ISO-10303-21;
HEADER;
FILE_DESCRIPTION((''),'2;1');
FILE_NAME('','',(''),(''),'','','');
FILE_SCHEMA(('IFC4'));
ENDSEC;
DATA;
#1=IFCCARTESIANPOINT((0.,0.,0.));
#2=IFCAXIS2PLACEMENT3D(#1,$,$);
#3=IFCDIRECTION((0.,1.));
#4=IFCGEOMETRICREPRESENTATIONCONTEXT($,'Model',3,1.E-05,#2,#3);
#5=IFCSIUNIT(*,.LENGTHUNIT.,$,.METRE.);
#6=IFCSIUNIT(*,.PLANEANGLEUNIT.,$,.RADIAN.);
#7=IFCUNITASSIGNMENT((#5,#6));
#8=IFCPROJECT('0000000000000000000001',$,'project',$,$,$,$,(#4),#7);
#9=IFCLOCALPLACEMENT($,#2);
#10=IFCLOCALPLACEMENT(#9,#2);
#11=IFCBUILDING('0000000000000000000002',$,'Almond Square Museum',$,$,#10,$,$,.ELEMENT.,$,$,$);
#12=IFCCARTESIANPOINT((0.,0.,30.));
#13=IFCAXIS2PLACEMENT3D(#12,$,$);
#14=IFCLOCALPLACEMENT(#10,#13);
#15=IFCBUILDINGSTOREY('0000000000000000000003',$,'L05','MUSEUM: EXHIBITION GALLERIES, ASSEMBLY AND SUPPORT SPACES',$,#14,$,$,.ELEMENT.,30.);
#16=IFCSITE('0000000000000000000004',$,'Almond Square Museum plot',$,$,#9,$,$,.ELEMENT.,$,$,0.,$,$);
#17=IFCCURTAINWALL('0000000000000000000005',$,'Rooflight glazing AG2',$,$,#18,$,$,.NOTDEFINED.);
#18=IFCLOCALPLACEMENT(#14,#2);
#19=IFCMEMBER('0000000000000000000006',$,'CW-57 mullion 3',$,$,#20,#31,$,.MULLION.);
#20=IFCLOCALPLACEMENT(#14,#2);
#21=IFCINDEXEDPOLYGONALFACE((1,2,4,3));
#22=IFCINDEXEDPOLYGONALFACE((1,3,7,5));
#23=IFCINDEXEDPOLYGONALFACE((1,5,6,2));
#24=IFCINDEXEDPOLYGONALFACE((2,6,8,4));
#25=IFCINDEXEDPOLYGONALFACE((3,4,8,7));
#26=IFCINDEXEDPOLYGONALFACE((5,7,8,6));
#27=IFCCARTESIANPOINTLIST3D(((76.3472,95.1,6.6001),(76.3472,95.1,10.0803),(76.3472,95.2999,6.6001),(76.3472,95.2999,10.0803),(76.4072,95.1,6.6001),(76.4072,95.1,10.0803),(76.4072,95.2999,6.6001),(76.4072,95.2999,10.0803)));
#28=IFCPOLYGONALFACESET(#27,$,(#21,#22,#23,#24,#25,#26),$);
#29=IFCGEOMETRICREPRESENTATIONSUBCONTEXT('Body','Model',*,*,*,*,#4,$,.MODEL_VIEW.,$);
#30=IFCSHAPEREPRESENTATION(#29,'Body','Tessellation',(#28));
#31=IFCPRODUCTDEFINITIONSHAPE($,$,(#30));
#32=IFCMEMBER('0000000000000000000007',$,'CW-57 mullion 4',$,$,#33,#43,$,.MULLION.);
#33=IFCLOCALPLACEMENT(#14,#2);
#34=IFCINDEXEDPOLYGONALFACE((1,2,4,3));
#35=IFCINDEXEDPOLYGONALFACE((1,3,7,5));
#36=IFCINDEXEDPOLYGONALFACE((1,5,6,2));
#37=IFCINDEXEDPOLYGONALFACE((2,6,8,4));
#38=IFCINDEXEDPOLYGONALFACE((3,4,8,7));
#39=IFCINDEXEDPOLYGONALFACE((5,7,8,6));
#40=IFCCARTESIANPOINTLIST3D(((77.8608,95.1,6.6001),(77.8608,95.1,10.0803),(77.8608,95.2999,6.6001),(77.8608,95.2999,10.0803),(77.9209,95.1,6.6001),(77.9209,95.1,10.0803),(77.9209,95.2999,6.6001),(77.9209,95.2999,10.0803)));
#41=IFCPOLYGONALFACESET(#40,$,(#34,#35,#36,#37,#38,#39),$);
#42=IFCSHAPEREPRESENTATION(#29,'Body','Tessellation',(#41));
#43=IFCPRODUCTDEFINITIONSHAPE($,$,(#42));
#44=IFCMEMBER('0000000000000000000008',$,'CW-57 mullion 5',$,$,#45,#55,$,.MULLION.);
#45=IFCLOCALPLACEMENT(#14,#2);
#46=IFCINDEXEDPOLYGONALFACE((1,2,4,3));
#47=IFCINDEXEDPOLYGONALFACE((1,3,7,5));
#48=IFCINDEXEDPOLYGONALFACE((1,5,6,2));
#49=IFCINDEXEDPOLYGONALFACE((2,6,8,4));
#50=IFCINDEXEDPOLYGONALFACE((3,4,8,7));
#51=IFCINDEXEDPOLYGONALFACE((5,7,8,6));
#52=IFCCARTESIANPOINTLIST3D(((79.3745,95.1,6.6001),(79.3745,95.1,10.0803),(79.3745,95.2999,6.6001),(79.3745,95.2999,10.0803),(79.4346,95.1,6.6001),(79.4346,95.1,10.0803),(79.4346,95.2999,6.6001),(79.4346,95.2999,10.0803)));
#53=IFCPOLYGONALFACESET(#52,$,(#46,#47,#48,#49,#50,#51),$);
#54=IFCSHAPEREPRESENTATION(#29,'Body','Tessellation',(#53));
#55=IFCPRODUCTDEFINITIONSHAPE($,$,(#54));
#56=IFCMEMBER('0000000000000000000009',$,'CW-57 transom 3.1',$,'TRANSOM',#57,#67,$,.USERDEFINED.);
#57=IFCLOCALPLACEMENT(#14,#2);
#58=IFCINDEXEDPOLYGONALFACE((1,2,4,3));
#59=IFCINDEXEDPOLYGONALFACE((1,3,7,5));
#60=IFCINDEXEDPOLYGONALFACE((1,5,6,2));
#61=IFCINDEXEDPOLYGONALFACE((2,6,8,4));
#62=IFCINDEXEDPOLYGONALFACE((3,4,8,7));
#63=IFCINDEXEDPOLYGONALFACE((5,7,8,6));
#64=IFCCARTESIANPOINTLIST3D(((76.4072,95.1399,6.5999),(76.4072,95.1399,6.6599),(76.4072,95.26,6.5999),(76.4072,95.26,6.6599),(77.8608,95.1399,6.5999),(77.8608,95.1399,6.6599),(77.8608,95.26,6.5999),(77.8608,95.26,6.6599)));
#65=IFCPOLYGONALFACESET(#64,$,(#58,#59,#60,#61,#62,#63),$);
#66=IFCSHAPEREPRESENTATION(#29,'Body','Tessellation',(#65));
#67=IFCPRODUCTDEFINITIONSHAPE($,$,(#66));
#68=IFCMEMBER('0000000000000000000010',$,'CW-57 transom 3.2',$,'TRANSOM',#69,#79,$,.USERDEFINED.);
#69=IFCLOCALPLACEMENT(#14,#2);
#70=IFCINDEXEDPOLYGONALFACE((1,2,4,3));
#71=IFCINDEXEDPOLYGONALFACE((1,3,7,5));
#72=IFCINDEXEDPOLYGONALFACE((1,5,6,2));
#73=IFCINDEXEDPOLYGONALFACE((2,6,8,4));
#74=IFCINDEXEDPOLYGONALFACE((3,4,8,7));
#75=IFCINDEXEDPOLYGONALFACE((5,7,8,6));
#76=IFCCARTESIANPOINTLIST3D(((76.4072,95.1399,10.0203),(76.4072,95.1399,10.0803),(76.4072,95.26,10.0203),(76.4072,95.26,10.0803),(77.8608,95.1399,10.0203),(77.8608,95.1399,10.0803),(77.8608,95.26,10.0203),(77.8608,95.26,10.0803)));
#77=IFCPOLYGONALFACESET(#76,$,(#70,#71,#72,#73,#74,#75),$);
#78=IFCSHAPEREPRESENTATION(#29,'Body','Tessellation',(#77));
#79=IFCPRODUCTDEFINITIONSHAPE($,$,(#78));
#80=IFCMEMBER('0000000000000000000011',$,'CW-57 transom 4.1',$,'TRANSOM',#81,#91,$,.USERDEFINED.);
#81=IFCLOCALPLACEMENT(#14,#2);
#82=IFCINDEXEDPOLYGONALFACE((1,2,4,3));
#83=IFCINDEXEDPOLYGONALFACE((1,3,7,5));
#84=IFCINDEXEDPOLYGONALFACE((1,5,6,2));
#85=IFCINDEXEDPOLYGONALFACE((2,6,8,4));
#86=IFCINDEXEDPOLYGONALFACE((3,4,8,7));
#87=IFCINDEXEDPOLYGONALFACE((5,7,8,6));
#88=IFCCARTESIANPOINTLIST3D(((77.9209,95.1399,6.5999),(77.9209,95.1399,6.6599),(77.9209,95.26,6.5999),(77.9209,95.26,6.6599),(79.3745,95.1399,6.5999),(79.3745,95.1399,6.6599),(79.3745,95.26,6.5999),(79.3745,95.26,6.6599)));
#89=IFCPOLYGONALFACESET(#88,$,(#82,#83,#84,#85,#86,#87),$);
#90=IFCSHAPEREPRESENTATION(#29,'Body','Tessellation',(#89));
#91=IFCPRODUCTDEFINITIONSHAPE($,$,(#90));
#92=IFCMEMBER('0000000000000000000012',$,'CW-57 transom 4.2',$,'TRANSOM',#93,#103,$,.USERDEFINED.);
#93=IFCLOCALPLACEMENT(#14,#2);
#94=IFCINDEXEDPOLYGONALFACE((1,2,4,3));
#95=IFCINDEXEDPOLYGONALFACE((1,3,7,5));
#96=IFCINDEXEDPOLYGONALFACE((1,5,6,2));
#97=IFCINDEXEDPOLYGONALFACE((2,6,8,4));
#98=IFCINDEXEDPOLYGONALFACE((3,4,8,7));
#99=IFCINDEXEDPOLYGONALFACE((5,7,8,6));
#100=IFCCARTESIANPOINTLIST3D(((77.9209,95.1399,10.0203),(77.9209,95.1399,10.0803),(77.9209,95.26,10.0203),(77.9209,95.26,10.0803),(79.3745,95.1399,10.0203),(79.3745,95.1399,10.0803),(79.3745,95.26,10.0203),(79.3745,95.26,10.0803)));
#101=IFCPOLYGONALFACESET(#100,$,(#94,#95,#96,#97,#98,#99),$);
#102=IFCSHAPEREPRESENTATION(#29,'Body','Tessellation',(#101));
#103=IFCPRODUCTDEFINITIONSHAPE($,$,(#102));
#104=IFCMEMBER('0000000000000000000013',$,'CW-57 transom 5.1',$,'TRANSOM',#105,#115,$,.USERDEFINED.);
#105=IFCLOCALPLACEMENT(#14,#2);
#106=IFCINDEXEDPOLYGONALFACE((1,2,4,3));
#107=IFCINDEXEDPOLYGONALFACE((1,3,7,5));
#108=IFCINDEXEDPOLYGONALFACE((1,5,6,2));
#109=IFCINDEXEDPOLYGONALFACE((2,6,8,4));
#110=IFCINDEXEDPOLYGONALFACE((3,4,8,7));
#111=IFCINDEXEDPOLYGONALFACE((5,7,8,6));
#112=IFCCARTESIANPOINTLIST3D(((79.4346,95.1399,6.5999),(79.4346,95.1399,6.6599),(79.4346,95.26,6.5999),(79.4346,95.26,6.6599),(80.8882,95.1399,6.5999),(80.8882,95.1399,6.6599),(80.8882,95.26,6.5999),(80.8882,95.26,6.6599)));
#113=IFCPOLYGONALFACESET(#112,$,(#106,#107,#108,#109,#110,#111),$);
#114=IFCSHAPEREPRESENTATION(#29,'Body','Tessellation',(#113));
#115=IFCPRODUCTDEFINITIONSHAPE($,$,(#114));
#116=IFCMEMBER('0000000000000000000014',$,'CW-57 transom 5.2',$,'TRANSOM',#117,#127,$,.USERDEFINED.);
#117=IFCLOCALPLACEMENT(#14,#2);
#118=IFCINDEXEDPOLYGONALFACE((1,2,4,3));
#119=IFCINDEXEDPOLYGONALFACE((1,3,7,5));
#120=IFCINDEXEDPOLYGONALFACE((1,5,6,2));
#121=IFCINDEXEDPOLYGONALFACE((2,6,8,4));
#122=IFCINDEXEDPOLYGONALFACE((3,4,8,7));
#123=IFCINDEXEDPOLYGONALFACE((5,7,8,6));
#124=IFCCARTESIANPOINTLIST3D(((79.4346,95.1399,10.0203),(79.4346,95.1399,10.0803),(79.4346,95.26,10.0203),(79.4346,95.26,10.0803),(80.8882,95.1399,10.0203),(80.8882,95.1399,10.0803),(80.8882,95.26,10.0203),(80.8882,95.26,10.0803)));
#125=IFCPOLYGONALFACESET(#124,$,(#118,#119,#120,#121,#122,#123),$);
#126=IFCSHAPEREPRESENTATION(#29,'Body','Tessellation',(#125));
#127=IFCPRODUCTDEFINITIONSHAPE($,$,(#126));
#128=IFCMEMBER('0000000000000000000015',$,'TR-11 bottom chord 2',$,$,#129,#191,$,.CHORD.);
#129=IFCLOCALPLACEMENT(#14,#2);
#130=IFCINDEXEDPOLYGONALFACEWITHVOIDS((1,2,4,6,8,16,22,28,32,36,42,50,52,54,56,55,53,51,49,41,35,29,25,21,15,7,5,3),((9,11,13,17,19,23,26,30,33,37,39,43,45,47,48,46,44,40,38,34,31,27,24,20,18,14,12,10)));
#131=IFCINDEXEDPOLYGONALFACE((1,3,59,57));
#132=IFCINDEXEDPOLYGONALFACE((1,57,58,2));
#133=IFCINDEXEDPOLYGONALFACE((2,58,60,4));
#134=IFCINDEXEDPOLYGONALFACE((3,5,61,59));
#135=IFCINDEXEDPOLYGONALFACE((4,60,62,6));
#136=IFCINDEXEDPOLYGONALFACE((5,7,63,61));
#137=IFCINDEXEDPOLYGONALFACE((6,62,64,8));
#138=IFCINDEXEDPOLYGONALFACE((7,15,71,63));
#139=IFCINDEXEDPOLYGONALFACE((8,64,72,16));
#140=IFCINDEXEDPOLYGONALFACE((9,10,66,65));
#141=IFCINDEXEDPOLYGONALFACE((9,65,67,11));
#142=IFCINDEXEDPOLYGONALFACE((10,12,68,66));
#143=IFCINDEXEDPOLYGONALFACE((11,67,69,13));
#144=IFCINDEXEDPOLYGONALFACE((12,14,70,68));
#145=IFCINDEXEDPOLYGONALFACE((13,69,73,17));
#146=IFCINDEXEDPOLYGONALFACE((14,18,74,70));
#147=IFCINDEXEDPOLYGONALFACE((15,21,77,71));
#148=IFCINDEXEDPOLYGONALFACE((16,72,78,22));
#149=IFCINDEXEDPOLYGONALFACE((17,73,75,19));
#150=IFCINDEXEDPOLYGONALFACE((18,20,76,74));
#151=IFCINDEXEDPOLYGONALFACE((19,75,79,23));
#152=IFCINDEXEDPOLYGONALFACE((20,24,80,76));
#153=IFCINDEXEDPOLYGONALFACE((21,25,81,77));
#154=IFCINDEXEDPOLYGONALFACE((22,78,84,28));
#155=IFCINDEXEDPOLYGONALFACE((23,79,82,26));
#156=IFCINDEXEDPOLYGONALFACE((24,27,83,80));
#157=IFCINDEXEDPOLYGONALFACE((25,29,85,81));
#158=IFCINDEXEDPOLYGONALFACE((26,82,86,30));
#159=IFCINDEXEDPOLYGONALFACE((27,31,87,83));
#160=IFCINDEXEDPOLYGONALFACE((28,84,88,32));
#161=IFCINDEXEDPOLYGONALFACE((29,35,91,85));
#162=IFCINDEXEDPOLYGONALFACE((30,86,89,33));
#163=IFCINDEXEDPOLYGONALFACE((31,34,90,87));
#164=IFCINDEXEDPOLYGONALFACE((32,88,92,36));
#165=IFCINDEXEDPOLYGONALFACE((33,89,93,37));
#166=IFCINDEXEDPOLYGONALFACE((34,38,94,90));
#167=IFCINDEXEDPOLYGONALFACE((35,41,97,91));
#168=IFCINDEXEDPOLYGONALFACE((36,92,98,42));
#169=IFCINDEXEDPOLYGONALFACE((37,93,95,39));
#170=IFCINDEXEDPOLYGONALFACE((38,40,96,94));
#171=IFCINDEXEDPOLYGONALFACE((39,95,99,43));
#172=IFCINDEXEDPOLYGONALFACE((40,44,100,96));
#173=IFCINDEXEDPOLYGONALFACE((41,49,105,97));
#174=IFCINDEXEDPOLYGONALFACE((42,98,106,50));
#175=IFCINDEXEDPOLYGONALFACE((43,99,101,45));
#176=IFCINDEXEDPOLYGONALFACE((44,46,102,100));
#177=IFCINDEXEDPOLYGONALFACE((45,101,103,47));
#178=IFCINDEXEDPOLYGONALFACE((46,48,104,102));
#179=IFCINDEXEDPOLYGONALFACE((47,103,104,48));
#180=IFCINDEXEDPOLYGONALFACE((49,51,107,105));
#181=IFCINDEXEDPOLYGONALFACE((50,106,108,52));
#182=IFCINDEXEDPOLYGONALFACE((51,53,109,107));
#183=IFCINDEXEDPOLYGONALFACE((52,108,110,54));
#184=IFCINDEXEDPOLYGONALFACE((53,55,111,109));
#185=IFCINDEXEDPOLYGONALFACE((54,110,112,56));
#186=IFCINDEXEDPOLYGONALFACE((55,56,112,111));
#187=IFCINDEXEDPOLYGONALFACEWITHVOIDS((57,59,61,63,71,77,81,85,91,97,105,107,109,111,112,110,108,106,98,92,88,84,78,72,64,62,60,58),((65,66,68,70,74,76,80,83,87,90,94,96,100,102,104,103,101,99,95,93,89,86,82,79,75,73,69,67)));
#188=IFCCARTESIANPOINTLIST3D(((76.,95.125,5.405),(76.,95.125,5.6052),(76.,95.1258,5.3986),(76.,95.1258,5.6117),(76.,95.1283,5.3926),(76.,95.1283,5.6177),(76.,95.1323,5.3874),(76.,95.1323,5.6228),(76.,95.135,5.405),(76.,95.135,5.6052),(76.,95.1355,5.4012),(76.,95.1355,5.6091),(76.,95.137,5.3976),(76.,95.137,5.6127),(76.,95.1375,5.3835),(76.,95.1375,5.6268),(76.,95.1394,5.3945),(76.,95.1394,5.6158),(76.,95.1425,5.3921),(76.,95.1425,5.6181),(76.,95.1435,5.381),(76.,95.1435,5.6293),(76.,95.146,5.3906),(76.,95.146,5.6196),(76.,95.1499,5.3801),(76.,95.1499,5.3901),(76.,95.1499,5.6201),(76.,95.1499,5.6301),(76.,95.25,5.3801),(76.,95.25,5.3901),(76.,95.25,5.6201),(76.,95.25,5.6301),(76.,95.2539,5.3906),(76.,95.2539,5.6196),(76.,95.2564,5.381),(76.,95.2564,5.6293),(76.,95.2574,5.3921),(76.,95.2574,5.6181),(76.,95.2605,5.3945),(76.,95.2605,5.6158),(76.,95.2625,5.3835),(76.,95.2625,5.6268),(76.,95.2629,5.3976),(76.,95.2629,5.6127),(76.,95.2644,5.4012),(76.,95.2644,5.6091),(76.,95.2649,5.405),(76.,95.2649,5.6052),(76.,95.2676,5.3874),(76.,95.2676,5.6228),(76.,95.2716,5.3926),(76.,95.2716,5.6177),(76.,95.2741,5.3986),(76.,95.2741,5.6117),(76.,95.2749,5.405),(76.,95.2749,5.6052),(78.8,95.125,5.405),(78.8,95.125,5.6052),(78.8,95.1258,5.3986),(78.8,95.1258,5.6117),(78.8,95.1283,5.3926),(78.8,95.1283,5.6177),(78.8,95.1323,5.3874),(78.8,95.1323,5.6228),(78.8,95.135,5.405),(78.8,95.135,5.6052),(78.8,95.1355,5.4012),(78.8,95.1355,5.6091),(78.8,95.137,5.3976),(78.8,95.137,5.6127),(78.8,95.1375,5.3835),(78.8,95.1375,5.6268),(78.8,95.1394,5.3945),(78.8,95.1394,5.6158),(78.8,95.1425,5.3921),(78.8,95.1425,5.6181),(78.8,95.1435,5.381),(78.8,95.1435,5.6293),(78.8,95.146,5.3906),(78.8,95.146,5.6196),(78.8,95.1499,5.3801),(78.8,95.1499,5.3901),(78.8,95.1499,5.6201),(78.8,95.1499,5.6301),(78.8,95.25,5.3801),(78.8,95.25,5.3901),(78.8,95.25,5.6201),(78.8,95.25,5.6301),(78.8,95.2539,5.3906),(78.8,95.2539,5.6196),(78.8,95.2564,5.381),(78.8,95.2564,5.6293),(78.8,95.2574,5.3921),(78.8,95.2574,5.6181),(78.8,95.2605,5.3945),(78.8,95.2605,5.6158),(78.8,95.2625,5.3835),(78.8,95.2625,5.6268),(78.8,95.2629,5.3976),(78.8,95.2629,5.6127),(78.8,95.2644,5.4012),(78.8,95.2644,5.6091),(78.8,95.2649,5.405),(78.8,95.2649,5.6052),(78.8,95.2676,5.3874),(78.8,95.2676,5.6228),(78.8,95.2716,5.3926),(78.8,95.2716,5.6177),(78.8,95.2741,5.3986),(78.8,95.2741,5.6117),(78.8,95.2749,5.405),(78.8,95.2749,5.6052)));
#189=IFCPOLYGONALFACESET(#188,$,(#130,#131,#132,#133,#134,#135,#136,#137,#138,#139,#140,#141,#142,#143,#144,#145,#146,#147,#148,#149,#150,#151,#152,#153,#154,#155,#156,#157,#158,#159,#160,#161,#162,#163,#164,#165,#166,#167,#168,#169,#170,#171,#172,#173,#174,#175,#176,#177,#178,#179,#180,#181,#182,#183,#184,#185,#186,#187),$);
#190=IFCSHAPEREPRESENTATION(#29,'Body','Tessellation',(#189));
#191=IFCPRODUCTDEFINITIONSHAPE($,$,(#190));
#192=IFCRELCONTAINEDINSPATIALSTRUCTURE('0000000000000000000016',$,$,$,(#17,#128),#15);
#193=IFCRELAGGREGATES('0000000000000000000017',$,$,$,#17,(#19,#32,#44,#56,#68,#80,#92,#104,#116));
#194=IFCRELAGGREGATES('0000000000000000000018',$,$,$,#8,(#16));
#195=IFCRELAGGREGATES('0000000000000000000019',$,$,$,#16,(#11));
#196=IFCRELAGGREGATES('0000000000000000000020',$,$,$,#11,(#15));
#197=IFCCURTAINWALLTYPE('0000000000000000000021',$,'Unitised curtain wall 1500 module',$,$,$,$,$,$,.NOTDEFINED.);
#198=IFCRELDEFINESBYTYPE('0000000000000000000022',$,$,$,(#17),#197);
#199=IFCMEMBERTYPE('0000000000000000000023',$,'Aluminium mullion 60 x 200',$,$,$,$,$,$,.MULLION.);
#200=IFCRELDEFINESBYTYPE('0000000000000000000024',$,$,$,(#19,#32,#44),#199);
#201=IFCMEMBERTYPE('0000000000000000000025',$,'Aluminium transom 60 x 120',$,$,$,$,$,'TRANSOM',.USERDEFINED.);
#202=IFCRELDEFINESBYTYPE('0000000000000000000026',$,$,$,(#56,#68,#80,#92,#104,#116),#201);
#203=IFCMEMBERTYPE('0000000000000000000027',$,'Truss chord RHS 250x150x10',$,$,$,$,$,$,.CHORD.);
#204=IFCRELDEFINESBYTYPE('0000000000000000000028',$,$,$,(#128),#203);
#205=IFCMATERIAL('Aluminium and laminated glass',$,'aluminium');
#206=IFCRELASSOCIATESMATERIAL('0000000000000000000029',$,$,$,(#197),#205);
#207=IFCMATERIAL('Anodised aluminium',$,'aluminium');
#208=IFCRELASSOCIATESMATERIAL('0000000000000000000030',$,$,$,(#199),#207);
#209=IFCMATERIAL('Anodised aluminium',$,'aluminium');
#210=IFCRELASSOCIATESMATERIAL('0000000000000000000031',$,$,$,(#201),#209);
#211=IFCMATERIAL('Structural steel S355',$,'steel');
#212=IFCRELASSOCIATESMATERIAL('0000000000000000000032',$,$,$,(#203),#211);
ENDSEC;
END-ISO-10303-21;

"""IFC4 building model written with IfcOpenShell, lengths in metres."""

from ifc_helpers import new_model, si_unit, direction, frame, origin, origin_2d, place, context, subcontext, project, spatial, rectangle, hollow_rectangle, extrude, material, material_profile, profile_set, type_object, element, aggregate, save


model = new_model("IFC4")

# Units and contexts
model_context = context("Model", 3, precision=1e-05, world=origin(), true_north=direction((0.0, 1.0)))
body_context = subcontext(model_context, "Body", "Model", "MODEL_VIEW")
ifc_project = project(units=[si_unit("LENGTHUNIT", "METRE"), si_unit("PLANEANGLEUNIT", "RADIAN")], contexts=[model_context])

# Site, building, storey
site_placement = place(None, origin())
site = spatial("IfcSite", under=ifc_project, at=site_placement, Name="Almond Square Museum plot", CompositionType="ELEMENT", RefElevation=0.0)
building_placement = place(site_placement, origin())
building = spatial("IfcBuilding", under=site, at=building_placement, Name="Almond Square Museum", CompositionType="ELEMENT")
storey_placement = place(building_placement, frame((0.0, 0.0, 30.0)))
storey = spatial("IfcBuildingStorey", under=building, at=storey_placement, Name="L05", Description="MUSEUM: EXHIBITION GALLERIES, ASSEMBLY AND SUPPORT SPACES", CompositionType="ELEMENT", Elevation=30.0)

# Curtain wall, members
ifc_material_1 = material(Name="Aluminium and laminated glass", Category="aluminium")
curtain_wall_type = type_object("IfcCurtainWallType", Name="Unitised curtain wall 1500 module", PredefinedType="NOTDEFINED", material=ifc_material_1)
curtain_wall_placement = place(storey_placement, origin())
curtain_wall = element("IfcCurtainWall", 1, at=curtain_wall_placement, inside=storey, type_object=curtain_wall_type, Name="Rooflight glazing AG2", PredefinedType="NOTDEFINED")
ifc_material_2 = material(Name="Anodised aluminium", Category="aluminium")
ifc_material_profile_1 = material_profile(ifc_material_2, rectangle(XDim=0.2, YDim=0.0601, at=origin_2d()))
ifc_profile_set_1 = profile_set([ifc_material_profile_1], Name="Anodised aluminium")
member_type_1 = type_object("IfcMemberType", Name="Aluminium mullion 60 x 200", PredefinedType="MULLION", material=ifc_profile_set_1)
member_1_placement = place(storey_placement, frame((76.3772, 95.2, 6.6001), z_axis=(0.0, 0.0, 1.0), x_axis=(0.0, 1.0, 0.0)))
member_1 = element("IfcMember", 2, at=member_1_placement, type_object=member_type_1, Name="CW-57 mullion 3", PredefinedType="MULLION", context=body_context, shape_type="SweptSolid", body=[
    extrude(rectangle(XDim=0.2, YDim=0.0601, at=origin_2d()), origin(), (0.0, 0.0, 1.0), 3.4802),
])
member_2_placement = place(storey_placement, frame((77.8909, 95.2, 6.6001), z_axis=(0.0, 0.0, 1.0), x_axis=(0.0, 1.0, 0.0)))
member_2 = element("IfcMember", 3, at=member_2_placement, type_object=member_type_1, Name="CW-57 mullion 4", PredefinedType="MULLION", context=body_context, shape_type="SweptSolid", body=[
    extrude(rectangle(XDim=0.2, YDim=0.0601, at=origin_2d()), origin(), (0.0, 0.0, 1.0), 3.4802),
])
member_3_placement = place(storey_placement, frame((79.4045, 95.2, 6.6001), z_axis=(0.0, 0.0, 1.0), x_axis=(0.0, 1.0, 0.0)))
member_3 = element("IfcMember", 4, at=member_3_placement, type_object=member_type_1, Name="CW-57 mullion 5", PredefinedType="MULLION", context=body_context, shape_type="SweptSolid", body=[
    extrude(rectangle(XDim=0.2, YDim=0.0601, at=origin_2d()), origin(), (0.0, 0.0, 1.0), 3.4802),
])
ifc_material_3 = material(Name="Anodised aluminium", Category="aluminium")
ifc_material_profile_2 = material_profile(ifc_material_3, rectangle(XDim=0.1201, YDim=0.0601, at=origin_2d()))
ifc_profile_set_2 = profile_set([ifc_material_profile_2], Name="Anodised aluminium")
member_type_2 = type_object("IfcMemberType", Name="Aluminium transom 60 x 120", ElementType="TRANSOM", PredefinedType="USERDEFINED", material=ifc_profile_set_2)
member_4_placement = place(storey_placement, frame((76.4072, 95.2, 6.6299), z_axis=(1.0, 0.0, 0.0), x_axis=(0.0, 1.0, 0.0)))
member_4 = element("IfcMember", 5, at=member_4_placement, type_object=member_type_2, Name="CW-57 transom 3.1", ObjectType="TRANSOM", PredefinedType="USERDEFINED", context=body_context, shape_type="SweptSolid", body=[
    extrude(rectangle(XDim=0.1201, YDim=0.0601, at=origin_2d()), origin(), (0.0, 0.0, 1.0), 1.4536),
])
member_5_placement = place(storey_placement, frame((76.4072, 95.2, 10.0503), z_axis=(1.0, 0.0, 0.0), x_axis=(0.0, 1.0, 0.0)))
member_5 = element("IfcMember", 6, at=member_5_placement, type_object=member_type_2, Name="CW-57 transom 3.2", ObjectType="TRANSOM", PredefinedType="USERDEFINED", context=body_context, shape_type="SweptSolid", body=[
    extrude(rectangle(XDim=0.1201, YDim=0.0601, at=origin_2d()), origin(), (0.0, 0.0, 1.0), 1.4536),
])
member_6_placement = place(storey_placement, frame((77.9209, 95.2, 6.6299), z_axis=(1.0, 0.0, 0.0), x_axis=(0.0, 1.0, 0.0)))
member_6 = element("IfcMember", 7, at=member_6_placement, type_object=member_type_2, Name="CW-57 transom 4.1", ObjectType="TRANSOM", PredefinedType="USERDEFINED", context=body_context, shape_type="SweptSolid", body=[
    extrude(rectangle(XDim=0.1201, YDim=0.0601, at=origin_2d()), origin(), (0.0, 0.0, 1.0), 1.4536),
])
member_7_placement = place(storey_placement, frame((77.9209, 95.2, 10.0503), z_axis=(1.0, 0.0, 0.0), x_axis=(0.0, 1.0, 0.0)))
member_7 = element("IfcMember", 8, at=member_7_placement, type_object=member_type_2, Name="CW-57 transom 4.2", ObjectType="TRANSOM", PredefinedType="USERDEFINED", context=body_context, shape_type="SweptSolid", body=[
    extrude(rectangle(XDim=0.1201, YDim=0.0601, at=origin_2d()), origin(), (0.0, 0.0, 1.0), 1.4536),
])
member_8_placement = place(storey_placement, frame((79.4346, 95.2, 6.6299), z_axis=(1.0, 0.0, 0.0), x_axis=(0.0, 1.0, 0.0)))
member_8 = element("IfcMember", 9, at=member_8_placement, type_object=member_type_2, Name="CW-57 transom 5.1", ObjectType="TRANSOM", PredefinedType="USERDEFINED", context=body_context, shape_type="SweptSolid", body=[
    extrude(rectangle(XDim=0.1201, YDim=0.0601, at=origin_2d()), origin(), (0.0, 0.0, 1.0), 1.4536),
])
member_9_placement = place(storey_placement, frame((79.4346, 95.2, 10.0503), z_axis=(1.0, 0.0, 0.0), x_axis=(0.0, 1.0, 0.0)))
member_9 = element("IfcMember", 10, at=member_9_placement, type_object=member_type_2, Name="CW-57 transom 5.2", ObjectType="TRANSOM", PredefinedType="USERDEFINED", context=body_context, shape_type="SweptSolid", body=[
    extrude(rectangle(XDim=0.1201, YDim=0.0601, at=origin_2d()), origin(), (0.0, 0.0, 1.0), 1.4536),
])

# Member
ifc_material_4 = material(Name="Structural steel S355", Category="steel")
ifc_material_profile_3 = material_profile(ifc_material_4, hollow_rectangle(XDim=0.1499, YDim=0.25, WallThickness=0.01, InnerFilletRadius=0.0149, OuterFilletRadius=0.0249, at=origin_2d()))
ifc_profile_set_3 = profile_set([ifc_material_profile_3], Name="Structural steel S355")
member_type_3 = type_object("IfcMemberType", Name="Truss chord RHS 250x150x10", PredefinedType="CHORD", material=ifc_profile_set_3)
for number, where, z_axis, x_axis, name in (
    (11, (76.0, 95.2, 5.5051), (1.0, 0.0, 0.0), (0.0, 1.0, 0.0), "TR-11 bottom chord 2"),
):
    element("IfcMember", number, at=place(storey_placement, frame(where, z_axis=z_axis, x_axis=x_axis)), inside=storey, type_object=member_type_3, Name=name, PredefinedType="CHORD", context=body_context, shape_type="SweptSolid", body=[
        extrude(hollow_rectangle(XDim=0.1499, YDim=0.25, WallThickness=0.01, InnerFilletRadius=0.0149, OuterFilletRadius=0.0249, at=origin_2d()), origin(), (0.0, 0.0, 1.0), 2.8),
    ])

aggregate(curtain_wall, [member_1, member_2, member_3, member_4, member_5, member_6, member_7, member_8, member_9])

save(model, "model.ifc")
